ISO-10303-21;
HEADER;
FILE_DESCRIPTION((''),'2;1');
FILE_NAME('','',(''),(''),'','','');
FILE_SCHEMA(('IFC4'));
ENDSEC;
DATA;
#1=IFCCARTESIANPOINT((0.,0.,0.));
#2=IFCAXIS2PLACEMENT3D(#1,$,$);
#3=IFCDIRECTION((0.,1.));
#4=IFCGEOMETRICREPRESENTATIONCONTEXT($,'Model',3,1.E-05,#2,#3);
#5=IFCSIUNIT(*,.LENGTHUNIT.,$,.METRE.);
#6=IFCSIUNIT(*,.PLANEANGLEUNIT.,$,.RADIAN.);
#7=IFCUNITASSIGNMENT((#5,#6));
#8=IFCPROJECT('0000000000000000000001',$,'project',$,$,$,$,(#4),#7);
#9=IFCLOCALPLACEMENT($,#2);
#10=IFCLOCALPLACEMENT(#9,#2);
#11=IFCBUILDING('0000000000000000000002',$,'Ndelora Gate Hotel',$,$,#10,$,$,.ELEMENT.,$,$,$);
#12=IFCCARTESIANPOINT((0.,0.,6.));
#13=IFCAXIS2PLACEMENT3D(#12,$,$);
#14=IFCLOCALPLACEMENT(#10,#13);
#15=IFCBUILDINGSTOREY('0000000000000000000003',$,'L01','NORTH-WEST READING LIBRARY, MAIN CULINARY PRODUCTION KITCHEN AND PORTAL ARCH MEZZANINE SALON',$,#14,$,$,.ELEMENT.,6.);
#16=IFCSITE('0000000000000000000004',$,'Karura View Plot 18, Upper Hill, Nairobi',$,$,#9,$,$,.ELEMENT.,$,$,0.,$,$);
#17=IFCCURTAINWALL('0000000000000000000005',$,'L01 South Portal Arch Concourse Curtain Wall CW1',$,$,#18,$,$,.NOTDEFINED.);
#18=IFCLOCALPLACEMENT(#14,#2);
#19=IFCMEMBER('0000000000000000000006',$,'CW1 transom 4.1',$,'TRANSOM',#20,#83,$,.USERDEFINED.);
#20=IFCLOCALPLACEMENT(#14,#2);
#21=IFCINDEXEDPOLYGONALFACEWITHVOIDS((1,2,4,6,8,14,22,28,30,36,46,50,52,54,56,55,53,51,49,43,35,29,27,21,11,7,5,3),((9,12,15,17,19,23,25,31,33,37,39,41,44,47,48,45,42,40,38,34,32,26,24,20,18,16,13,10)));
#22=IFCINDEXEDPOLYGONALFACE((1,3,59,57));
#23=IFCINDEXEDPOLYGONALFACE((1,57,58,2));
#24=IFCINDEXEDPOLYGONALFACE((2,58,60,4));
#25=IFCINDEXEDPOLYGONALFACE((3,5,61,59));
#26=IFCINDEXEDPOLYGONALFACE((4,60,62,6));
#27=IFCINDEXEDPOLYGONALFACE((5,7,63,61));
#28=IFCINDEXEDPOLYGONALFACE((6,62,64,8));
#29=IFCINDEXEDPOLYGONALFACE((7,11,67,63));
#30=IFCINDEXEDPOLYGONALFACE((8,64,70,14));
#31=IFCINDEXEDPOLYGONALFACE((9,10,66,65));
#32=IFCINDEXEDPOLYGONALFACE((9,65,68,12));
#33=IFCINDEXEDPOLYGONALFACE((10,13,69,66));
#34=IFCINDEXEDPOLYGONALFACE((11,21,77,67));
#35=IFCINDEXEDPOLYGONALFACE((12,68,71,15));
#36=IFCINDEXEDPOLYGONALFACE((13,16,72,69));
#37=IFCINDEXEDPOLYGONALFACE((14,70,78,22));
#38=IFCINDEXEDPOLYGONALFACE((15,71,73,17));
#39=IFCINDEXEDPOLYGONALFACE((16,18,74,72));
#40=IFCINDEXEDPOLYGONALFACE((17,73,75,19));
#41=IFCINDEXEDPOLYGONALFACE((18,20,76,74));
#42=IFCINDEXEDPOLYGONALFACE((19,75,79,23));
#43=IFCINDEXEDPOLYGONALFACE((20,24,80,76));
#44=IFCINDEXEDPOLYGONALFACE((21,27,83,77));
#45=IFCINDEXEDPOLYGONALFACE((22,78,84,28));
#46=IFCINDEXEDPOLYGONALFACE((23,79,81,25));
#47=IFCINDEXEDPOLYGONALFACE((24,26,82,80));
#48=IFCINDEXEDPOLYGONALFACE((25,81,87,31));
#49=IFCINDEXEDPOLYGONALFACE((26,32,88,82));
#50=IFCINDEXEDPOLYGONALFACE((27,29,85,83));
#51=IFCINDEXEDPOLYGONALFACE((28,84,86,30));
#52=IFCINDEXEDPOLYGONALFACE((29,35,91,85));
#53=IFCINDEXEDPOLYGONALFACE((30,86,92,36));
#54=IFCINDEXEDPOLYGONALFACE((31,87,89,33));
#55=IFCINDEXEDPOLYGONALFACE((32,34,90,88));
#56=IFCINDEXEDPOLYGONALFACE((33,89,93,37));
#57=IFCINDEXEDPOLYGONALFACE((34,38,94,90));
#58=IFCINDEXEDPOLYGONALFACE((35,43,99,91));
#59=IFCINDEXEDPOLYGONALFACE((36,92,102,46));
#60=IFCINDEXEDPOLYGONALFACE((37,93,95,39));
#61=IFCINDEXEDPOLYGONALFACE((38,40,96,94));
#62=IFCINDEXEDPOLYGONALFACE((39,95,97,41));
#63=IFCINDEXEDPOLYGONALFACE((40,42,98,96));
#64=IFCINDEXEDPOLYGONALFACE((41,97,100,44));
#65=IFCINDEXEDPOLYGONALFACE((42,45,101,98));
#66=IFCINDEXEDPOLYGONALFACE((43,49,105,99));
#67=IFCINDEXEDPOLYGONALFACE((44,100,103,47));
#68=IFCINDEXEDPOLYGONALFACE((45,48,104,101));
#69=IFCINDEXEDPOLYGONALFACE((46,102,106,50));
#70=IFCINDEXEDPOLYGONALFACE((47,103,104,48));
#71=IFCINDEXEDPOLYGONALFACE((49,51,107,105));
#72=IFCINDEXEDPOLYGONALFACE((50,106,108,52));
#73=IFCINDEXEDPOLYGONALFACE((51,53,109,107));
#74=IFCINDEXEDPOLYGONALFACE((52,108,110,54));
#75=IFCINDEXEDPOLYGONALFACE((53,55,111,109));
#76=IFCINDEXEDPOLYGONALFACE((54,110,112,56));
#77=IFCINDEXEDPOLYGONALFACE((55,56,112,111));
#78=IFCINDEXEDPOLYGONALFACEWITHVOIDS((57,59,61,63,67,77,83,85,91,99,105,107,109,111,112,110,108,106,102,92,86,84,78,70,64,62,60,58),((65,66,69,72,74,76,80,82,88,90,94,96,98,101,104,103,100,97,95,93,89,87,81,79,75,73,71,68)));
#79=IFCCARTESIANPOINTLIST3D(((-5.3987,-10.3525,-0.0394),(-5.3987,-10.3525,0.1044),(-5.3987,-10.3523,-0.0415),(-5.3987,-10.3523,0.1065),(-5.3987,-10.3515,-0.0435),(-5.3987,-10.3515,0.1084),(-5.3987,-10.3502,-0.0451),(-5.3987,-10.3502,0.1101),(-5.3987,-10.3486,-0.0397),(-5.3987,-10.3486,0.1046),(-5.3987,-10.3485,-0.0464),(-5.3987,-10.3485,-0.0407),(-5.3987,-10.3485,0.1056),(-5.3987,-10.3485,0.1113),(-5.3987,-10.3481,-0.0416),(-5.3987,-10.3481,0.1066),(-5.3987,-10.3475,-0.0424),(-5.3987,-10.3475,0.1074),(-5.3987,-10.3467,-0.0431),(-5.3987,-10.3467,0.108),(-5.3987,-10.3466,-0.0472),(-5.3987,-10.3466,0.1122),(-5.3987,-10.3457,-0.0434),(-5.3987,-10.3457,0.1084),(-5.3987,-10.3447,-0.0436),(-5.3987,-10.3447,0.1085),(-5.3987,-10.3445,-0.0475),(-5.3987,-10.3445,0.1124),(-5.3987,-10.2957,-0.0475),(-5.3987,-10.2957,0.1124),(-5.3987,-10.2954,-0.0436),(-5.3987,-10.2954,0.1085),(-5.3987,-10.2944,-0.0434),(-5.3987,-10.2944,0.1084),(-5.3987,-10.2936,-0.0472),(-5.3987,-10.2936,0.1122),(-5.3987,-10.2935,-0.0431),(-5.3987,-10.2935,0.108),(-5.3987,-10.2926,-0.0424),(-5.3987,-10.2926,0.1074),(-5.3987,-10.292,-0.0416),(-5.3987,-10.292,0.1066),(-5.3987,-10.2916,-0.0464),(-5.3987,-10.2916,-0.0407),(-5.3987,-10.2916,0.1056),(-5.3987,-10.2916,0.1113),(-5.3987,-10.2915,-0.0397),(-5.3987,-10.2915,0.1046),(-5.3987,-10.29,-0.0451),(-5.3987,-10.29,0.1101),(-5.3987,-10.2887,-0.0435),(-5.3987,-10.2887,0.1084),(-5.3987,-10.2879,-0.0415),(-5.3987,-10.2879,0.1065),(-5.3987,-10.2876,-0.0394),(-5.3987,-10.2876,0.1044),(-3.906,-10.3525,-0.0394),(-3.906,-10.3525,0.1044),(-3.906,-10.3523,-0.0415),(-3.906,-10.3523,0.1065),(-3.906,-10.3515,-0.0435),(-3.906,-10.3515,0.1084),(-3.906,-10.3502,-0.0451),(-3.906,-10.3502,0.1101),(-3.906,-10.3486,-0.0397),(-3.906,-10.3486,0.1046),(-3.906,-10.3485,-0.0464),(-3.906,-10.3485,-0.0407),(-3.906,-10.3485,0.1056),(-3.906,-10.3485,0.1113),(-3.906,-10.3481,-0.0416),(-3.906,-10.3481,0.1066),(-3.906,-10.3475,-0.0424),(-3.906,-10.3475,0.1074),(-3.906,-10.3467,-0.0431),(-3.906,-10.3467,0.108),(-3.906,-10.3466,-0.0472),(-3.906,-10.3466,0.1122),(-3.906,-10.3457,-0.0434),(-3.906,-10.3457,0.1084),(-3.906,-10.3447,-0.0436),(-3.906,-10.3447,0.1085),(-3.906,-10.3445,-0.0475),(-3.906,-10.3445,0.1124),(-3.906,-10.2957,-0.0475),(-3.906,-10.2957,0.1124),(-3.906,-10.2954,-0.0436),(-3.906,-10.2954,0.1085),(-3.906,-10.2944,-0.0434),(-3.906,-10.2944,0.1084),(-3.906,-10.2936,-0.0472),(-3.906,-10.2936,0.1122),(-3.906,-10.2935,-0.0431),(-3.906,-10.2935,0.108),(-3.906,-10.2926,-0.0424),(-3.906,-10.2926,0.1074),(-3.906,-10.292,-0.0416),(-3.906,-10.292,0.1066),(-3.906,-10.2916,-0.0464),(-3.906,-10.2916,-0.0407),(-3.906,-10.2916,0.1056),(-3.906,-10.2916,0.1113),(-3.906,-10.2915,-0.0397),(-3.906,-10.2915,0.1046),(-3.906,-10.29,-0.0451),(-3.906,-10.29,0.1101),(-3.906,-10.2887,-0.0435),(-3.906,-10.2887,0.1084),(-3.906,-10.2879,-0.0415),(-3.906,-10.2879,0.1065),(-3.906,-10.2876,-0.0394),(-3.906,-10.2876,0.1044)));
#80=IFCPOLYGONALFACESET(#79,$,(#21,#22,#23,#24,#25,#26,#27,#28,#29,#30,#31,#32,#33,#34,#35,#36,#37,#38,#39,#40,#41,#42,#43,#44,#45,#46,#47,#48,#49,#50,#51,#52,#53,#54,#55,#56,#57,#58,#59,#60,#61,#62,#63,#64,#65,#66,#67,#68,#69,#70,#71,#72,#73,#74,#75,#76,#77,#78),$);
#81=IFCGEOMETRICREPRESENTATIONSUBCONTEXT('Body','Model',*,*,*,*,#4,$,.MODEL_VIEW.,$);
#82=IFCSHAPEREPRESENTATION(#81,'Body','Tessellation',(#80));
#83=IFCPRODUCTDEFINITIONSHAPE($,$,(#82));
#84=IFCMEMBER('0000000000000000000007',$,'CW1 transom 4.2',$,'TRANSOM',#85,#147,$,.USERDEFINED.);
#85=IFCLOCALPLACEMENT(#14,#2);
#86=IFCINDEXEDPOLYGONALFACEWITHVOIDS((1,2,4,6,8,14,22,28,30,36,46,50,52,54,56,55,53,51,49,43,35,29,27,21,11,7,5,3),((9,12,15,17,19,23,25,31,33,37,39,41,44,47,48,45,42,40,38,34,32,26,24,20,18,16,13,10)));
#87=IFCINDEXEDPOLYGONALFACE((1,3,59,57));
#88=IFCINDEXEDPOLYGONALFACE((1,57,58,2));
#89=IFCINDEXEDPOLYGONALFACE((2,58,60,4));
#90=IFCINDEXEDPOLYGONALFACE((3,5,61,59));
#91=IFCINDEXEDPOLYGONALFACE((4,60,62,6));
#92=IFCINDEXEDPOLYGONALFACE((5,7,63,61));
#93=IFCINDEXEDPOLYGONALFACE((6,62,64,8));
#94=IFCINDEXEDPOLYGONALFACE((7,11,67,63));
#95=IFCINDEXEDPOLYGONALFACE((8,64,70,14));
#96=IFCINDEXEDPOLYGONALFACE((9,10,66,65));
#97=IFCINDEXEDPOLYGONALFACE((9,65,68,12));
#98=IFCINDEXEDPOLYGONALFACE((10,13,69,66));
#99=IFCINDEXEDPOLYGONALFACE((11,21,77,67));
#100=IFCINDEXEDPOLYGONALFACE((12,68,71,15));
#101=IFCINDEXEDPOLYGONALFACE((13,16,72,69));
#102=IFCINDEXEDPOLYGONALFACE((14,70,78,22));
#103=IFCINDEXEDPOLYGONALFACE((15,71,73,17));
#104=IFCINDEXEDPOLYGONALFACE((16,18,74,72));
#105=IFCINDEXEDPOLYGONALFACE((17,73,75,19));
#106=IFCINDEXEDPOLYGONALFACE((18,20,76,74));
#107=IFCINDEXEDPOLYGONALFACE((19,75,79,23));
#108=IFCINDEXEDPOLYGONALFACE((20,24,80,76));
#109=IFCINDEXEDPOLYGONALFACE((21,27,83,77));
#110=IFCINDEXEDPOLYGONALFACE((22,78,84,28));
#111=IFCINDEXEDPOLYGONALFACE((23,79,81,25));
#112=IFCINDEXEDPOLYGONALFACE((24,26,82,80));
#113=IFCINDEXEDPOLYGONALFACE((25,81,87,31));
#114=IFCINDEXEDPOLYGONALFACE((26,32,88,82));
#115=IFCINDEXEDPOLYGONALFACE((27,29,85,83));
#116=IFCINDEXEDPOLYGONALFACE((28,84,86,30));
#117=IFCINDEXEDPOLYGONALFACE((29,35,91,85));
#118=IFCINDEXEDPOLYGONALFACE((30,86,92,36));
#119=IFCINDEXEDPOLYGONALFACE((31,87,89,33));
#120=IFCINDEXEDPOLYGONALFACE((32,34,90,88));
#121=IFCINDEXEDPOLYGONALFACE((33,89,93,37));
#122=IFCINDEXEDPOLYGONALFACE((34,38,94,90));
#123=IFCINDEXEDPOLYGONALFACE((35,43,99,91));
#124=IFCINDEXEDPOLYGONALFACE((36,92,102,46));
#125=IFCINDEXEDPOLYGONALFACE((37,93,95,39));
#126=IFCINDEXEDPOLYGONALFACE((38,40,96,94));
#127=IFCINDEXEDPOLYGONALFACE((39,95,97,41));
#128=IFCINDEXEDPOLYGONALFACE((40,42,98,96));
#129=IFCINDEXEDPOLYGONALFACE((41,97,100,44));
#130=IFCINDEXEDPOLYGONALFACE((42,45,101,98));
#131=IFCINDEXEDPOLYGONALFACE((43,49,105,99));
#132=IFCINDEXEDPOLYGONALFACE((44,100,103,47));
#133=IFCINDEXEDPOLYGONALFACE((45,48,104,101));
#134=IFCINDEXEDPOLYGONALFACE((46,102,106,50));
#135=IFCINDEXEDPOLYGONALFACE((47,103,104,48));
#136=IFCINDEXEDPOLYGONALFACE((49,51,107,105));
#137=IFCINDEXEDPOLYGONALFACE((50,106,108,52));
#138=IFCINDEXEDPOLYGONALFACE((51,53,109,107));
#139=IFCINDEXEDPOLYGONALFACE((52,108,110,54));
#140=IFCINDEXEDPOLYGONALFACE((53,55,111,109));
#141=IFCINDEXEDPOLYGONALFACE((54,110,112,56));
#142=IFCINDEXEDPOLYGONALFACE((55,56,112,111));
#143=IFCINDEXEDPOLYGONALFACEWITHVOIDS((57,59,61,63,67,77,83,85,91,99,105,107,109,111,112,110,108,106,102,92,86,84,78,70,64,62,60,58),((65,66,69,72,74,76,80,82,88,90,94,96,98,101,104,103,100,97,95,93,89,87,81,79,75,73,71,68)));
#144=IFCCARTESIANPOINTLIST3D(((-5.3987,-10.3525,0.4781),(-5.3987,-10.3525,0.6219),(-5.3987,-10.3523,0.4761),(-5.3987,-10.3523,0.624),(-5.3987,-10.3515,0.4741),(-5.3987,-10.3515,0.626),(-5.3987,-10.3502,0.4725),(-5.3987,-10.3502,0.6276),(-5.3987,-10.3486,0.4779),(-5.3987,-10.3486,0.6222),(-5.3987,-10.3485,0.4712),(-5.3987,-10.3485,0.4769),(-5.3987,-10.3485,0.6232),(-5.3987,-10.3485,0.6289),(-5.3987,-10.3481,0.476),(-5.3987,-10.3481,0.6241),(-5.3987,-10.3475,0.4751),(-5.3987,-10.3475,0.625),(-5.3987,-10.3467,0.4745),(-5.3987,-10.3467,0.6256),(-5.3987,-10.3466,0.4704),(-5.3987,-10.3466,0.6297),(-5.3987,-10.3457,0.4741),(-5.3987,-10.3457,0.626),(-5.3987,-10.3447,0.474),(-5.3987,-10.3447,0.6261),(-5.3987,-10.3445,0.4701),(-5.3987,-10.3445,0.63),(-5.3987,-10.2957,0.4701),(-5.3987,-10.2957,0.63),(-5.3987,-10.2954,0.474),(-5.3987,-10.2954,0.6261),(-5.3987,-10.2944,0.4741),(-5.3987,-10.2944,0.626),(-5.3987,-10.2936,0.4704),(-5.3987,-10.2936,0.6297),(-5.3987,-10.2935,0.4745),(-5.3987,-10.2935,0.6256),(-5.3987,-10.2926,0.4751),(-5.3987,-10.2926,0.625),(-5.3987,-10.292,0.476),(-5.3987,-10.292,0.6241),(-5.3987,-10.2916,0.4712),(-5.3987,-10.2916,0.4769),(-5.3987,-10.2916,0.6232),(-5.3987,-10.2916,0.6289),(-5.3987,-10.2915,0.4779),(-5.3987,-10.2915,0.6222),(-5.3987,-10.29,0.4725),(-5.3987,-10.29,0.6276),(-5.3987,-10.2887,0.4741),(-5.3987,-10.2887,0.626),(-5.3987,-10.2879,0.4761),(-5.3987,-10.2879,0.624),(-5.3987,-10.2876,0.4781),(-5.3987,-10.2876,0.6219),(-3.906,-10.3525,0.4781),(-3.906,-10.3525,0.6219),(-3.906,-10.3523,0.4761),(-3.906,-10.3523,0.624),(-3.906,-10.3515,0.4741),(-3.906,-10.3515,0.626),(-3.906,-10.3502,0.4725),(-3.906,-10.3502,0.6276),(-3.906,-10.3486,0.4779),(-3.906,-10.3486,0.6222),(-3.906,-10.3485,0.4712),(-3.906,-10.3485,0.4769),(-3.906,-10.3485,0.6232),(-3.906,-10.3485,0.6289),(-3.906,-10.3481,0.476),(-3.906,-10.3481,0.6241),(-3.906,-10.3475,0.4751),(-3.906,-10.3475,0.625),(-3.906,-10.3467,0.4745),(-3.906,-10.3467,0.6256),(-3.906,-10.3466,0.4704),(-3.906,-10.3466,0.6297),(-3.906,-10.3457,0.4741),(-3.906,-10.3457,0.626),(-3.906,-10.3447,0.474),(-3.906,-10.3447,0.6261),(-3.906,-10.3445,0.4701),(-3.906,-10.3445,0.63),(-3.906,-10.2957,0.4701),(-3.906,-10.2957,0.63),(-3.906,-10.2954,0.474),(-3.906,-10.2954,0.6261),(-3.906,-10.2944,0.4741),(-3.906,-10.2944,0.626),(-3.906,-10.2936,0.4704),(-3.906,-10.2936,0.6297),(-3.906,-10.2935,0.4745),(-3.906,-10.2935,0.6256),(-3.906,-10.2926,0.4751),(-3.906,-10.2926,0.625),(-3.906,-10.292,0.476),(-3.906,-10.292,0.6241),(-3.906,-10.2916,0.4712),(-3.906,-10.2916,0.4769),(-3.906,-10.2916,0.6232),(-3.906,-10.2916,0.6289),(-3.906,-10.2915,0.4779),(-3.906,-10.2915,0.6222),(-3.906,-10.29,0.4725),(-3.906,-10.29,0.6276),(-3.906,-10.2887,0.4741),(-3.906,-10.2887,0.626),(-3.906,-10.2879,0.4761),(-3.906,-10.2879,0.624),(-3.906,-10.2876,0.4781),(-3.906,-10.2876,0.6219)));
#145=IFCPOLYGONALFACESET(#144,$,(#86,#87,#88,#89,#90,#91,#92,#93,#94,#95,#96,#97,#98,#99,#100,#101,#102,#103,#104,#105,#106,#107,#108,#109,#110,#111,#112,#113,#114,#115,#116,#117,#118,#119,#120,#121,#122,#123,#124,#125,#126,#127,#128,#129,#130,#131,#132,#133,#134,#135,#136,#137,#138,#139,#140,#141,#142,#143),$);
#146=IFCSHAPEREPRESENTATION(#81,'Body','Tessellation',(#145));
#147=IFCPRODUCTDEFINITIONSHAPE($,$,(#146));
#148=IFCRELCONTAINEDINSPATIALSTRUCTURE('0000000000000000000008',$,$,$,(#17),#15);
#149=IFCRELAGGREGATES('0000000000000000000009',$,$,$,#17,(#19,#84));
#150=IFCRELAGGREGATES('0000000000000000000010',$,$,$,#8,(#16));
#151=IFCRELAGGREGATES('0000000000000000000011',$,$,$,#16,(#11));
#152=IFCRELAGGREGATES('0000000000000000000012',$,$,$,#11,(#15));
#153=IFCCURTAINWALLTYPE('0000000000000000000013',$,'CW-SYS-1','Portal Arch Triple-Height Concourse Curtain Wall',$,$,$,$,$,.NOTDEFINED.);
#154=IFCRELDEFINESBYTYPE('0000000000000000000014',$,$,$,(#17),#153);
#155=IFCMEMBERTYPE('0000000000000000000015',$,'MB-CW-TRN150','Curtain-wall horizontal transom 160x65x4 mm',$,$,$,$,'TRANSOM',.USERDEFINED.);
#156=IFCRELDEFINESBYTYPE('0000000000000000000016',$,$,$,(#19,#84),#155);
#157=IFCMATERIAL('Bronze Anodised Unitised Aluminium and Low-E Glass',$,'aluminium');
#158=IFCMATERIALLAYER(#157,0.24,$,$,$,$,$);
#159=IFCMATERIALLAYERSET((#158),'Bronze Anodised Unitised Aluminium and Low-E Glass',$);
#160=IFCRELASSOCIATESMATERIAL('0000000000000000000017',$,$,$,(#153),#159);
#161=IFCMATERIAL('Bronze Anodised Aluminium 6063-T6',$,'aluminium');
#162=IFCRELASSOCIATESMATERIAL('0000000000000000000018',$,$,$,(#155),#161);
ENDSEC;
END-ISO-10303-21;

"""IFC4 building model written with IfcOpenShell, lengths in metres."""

from ifc_helpers import new_model, si_unit, direction, frame, origin, origin_2d, place, context, subcontext, project, spatial, hollow_rectangle, extrude, material, layer, layer_set, material_profile, profile_set, type_object, element, aggregate, save


model = new_model("IFC4")

# Units and contexts
model_context = context("Model", 3, precision=1e-05, world=origin(), true_north=direction((0.0, 1.0)))
body_context = subcontext(model_context, "Body", "Model", "MODEL_VIEW")
ifc_project = project(units=[si_unit("LENGTHUNIT", "METRE"), si_unit("PLANEANGLEUNIT", "RADIAN")], contexts=[model_context])

# Site, building, storey
site_placement = place(None, origin())
site = spatial("IfcSite", under=ifc_project, at=site_placement, Name="Karura View Plot 18, Upper Hill, Nairobi", CompositionType="ELEMENT", RefElevation=0.0)
building_placement = place(site_placement, origin())
building = spatial("IfcBuilding", under=site, at=building_placement, Name="Ndelora Gate Hotel", CompositionType="ELEMENT")
storey_placement = place(building_placement, frame((0.0, 0.0, 6.0)))
storey = spatial("IfcBuildingStorey", under=building, at=storey_placement, Name="L01", Description="NORTH-WEST READING LIBRARY, MAIN CULINARY PRODUCTION KITCHEN AND PORTAL ARCH MEZZANINE SALON", CompositionType="ELEMENT", Elevation=6.0)

# Curtain wall, members
ifc_material_1 = material(Name="Bronze Anodised Unitised Aluminium and Low-E Glass", Category="aluminium")
ifc_layer_1 = layer(ifc_material_1, 0.24)
ifc_layer_set_1 = layer_set([ifc_layer_1], Name="Bronze Anodised Unitised Aluminium and Low-E Glass")
curtain_wall_type = type_object("IfcCurtainWallType", Name="CW-SYS-1", Description="Portal Arch Triple-Height Concourse Curtain Wall", PredefinedType="NOTDEFINED", material=ifc_layer_set_1)
curtain_wall_placement = place(storey_placement, origin())
curtain_wall = element("IfcCurtainWall", 1, at=curtain_wall_placement, inside=storey, type_object=curtain_wall_type, Name="L01 South Portal Arch Concourse Curtain Wall CW1", PredefinedType="NOTDEFINED")
ifc_material_2 = material(Name="Bronze Anodised Aluminium 6063-T6", Category="aluminium")
ifc_material_profile_1 = material_profile(ifc_material_2, hollow_rectangle(XDim=0.0649, YDim=0.1599, WallThickness=0.0039, InnerFilletRadius=0.0039, OuterFilletRadius=0.0081, at=origin_2d()), Name="ALU 160x65x4")
ifc_profile_set_1 = profile_set([ifc_material_profile_1], Name="Bronze Anodised Aluminium 6063-T6")
member_type_1 = type_object("IfcMemberType", Name="MB-CW-TRN150", Description="Curtain-wall horizontal transom 160x65x4 mm", ElementType="TRANSOM", PredefinedType="USERDEFINED", material=ifc_profile_set_1)
member_1_placement = place(storey_placement, frame((-5.3987, -10.3201, 0.0325), z_axis=(1.0, 0.0, 0.0), x_axis=(0.0, 1.0, 0.0)))
member_1 = element("IfcMember", 2, at=member_1_placement, type_object=member_type_1, Name="CW1 transom 4.1", ObjectType="TRANSOM", PredefinedType="USERDEFINED", context=body_context, shape_type="SweptSolid", body=[
    extrude(hollow_rectangle(XDim=0.0649, YDim=0.1599, WallThickness=0.0039, InnerFilletRadius=0.0039, OuterFilletRadius=0.0081, at=origin_2d()), origin(), (0.0, 0.0, 1.0), 1.4927),
])
member_2_placement = place(storey_placement, frame((-5.3987, -10.3201, 0.55), z_axis=(1.0, 0.0, 0.0), x_axis=(0.0, 1.0, 0.0)))
member_2 = element("IfcMember", 3, at=member_2_placement, type_object=member_type_1, Name="CW1 transom 4.2", ObjectType="TRANSOM", PredefinedType="USERDEFINED", context=body_context, shape_type="SweptSolid", body=[
    extrude(hollow_rectangle(XDim=0.0649, YDim=0.1599, WallThickness=0.0039, InnerFilletRadius=0.0039, OuterFilletRadius=0.0081, at=origin_2d()), origin(), (0.0, 0.0, 1.0), 1.4927),
])
aggregate(curtain_wall, [member_1, member_2])

save(model, "model.ifc")
